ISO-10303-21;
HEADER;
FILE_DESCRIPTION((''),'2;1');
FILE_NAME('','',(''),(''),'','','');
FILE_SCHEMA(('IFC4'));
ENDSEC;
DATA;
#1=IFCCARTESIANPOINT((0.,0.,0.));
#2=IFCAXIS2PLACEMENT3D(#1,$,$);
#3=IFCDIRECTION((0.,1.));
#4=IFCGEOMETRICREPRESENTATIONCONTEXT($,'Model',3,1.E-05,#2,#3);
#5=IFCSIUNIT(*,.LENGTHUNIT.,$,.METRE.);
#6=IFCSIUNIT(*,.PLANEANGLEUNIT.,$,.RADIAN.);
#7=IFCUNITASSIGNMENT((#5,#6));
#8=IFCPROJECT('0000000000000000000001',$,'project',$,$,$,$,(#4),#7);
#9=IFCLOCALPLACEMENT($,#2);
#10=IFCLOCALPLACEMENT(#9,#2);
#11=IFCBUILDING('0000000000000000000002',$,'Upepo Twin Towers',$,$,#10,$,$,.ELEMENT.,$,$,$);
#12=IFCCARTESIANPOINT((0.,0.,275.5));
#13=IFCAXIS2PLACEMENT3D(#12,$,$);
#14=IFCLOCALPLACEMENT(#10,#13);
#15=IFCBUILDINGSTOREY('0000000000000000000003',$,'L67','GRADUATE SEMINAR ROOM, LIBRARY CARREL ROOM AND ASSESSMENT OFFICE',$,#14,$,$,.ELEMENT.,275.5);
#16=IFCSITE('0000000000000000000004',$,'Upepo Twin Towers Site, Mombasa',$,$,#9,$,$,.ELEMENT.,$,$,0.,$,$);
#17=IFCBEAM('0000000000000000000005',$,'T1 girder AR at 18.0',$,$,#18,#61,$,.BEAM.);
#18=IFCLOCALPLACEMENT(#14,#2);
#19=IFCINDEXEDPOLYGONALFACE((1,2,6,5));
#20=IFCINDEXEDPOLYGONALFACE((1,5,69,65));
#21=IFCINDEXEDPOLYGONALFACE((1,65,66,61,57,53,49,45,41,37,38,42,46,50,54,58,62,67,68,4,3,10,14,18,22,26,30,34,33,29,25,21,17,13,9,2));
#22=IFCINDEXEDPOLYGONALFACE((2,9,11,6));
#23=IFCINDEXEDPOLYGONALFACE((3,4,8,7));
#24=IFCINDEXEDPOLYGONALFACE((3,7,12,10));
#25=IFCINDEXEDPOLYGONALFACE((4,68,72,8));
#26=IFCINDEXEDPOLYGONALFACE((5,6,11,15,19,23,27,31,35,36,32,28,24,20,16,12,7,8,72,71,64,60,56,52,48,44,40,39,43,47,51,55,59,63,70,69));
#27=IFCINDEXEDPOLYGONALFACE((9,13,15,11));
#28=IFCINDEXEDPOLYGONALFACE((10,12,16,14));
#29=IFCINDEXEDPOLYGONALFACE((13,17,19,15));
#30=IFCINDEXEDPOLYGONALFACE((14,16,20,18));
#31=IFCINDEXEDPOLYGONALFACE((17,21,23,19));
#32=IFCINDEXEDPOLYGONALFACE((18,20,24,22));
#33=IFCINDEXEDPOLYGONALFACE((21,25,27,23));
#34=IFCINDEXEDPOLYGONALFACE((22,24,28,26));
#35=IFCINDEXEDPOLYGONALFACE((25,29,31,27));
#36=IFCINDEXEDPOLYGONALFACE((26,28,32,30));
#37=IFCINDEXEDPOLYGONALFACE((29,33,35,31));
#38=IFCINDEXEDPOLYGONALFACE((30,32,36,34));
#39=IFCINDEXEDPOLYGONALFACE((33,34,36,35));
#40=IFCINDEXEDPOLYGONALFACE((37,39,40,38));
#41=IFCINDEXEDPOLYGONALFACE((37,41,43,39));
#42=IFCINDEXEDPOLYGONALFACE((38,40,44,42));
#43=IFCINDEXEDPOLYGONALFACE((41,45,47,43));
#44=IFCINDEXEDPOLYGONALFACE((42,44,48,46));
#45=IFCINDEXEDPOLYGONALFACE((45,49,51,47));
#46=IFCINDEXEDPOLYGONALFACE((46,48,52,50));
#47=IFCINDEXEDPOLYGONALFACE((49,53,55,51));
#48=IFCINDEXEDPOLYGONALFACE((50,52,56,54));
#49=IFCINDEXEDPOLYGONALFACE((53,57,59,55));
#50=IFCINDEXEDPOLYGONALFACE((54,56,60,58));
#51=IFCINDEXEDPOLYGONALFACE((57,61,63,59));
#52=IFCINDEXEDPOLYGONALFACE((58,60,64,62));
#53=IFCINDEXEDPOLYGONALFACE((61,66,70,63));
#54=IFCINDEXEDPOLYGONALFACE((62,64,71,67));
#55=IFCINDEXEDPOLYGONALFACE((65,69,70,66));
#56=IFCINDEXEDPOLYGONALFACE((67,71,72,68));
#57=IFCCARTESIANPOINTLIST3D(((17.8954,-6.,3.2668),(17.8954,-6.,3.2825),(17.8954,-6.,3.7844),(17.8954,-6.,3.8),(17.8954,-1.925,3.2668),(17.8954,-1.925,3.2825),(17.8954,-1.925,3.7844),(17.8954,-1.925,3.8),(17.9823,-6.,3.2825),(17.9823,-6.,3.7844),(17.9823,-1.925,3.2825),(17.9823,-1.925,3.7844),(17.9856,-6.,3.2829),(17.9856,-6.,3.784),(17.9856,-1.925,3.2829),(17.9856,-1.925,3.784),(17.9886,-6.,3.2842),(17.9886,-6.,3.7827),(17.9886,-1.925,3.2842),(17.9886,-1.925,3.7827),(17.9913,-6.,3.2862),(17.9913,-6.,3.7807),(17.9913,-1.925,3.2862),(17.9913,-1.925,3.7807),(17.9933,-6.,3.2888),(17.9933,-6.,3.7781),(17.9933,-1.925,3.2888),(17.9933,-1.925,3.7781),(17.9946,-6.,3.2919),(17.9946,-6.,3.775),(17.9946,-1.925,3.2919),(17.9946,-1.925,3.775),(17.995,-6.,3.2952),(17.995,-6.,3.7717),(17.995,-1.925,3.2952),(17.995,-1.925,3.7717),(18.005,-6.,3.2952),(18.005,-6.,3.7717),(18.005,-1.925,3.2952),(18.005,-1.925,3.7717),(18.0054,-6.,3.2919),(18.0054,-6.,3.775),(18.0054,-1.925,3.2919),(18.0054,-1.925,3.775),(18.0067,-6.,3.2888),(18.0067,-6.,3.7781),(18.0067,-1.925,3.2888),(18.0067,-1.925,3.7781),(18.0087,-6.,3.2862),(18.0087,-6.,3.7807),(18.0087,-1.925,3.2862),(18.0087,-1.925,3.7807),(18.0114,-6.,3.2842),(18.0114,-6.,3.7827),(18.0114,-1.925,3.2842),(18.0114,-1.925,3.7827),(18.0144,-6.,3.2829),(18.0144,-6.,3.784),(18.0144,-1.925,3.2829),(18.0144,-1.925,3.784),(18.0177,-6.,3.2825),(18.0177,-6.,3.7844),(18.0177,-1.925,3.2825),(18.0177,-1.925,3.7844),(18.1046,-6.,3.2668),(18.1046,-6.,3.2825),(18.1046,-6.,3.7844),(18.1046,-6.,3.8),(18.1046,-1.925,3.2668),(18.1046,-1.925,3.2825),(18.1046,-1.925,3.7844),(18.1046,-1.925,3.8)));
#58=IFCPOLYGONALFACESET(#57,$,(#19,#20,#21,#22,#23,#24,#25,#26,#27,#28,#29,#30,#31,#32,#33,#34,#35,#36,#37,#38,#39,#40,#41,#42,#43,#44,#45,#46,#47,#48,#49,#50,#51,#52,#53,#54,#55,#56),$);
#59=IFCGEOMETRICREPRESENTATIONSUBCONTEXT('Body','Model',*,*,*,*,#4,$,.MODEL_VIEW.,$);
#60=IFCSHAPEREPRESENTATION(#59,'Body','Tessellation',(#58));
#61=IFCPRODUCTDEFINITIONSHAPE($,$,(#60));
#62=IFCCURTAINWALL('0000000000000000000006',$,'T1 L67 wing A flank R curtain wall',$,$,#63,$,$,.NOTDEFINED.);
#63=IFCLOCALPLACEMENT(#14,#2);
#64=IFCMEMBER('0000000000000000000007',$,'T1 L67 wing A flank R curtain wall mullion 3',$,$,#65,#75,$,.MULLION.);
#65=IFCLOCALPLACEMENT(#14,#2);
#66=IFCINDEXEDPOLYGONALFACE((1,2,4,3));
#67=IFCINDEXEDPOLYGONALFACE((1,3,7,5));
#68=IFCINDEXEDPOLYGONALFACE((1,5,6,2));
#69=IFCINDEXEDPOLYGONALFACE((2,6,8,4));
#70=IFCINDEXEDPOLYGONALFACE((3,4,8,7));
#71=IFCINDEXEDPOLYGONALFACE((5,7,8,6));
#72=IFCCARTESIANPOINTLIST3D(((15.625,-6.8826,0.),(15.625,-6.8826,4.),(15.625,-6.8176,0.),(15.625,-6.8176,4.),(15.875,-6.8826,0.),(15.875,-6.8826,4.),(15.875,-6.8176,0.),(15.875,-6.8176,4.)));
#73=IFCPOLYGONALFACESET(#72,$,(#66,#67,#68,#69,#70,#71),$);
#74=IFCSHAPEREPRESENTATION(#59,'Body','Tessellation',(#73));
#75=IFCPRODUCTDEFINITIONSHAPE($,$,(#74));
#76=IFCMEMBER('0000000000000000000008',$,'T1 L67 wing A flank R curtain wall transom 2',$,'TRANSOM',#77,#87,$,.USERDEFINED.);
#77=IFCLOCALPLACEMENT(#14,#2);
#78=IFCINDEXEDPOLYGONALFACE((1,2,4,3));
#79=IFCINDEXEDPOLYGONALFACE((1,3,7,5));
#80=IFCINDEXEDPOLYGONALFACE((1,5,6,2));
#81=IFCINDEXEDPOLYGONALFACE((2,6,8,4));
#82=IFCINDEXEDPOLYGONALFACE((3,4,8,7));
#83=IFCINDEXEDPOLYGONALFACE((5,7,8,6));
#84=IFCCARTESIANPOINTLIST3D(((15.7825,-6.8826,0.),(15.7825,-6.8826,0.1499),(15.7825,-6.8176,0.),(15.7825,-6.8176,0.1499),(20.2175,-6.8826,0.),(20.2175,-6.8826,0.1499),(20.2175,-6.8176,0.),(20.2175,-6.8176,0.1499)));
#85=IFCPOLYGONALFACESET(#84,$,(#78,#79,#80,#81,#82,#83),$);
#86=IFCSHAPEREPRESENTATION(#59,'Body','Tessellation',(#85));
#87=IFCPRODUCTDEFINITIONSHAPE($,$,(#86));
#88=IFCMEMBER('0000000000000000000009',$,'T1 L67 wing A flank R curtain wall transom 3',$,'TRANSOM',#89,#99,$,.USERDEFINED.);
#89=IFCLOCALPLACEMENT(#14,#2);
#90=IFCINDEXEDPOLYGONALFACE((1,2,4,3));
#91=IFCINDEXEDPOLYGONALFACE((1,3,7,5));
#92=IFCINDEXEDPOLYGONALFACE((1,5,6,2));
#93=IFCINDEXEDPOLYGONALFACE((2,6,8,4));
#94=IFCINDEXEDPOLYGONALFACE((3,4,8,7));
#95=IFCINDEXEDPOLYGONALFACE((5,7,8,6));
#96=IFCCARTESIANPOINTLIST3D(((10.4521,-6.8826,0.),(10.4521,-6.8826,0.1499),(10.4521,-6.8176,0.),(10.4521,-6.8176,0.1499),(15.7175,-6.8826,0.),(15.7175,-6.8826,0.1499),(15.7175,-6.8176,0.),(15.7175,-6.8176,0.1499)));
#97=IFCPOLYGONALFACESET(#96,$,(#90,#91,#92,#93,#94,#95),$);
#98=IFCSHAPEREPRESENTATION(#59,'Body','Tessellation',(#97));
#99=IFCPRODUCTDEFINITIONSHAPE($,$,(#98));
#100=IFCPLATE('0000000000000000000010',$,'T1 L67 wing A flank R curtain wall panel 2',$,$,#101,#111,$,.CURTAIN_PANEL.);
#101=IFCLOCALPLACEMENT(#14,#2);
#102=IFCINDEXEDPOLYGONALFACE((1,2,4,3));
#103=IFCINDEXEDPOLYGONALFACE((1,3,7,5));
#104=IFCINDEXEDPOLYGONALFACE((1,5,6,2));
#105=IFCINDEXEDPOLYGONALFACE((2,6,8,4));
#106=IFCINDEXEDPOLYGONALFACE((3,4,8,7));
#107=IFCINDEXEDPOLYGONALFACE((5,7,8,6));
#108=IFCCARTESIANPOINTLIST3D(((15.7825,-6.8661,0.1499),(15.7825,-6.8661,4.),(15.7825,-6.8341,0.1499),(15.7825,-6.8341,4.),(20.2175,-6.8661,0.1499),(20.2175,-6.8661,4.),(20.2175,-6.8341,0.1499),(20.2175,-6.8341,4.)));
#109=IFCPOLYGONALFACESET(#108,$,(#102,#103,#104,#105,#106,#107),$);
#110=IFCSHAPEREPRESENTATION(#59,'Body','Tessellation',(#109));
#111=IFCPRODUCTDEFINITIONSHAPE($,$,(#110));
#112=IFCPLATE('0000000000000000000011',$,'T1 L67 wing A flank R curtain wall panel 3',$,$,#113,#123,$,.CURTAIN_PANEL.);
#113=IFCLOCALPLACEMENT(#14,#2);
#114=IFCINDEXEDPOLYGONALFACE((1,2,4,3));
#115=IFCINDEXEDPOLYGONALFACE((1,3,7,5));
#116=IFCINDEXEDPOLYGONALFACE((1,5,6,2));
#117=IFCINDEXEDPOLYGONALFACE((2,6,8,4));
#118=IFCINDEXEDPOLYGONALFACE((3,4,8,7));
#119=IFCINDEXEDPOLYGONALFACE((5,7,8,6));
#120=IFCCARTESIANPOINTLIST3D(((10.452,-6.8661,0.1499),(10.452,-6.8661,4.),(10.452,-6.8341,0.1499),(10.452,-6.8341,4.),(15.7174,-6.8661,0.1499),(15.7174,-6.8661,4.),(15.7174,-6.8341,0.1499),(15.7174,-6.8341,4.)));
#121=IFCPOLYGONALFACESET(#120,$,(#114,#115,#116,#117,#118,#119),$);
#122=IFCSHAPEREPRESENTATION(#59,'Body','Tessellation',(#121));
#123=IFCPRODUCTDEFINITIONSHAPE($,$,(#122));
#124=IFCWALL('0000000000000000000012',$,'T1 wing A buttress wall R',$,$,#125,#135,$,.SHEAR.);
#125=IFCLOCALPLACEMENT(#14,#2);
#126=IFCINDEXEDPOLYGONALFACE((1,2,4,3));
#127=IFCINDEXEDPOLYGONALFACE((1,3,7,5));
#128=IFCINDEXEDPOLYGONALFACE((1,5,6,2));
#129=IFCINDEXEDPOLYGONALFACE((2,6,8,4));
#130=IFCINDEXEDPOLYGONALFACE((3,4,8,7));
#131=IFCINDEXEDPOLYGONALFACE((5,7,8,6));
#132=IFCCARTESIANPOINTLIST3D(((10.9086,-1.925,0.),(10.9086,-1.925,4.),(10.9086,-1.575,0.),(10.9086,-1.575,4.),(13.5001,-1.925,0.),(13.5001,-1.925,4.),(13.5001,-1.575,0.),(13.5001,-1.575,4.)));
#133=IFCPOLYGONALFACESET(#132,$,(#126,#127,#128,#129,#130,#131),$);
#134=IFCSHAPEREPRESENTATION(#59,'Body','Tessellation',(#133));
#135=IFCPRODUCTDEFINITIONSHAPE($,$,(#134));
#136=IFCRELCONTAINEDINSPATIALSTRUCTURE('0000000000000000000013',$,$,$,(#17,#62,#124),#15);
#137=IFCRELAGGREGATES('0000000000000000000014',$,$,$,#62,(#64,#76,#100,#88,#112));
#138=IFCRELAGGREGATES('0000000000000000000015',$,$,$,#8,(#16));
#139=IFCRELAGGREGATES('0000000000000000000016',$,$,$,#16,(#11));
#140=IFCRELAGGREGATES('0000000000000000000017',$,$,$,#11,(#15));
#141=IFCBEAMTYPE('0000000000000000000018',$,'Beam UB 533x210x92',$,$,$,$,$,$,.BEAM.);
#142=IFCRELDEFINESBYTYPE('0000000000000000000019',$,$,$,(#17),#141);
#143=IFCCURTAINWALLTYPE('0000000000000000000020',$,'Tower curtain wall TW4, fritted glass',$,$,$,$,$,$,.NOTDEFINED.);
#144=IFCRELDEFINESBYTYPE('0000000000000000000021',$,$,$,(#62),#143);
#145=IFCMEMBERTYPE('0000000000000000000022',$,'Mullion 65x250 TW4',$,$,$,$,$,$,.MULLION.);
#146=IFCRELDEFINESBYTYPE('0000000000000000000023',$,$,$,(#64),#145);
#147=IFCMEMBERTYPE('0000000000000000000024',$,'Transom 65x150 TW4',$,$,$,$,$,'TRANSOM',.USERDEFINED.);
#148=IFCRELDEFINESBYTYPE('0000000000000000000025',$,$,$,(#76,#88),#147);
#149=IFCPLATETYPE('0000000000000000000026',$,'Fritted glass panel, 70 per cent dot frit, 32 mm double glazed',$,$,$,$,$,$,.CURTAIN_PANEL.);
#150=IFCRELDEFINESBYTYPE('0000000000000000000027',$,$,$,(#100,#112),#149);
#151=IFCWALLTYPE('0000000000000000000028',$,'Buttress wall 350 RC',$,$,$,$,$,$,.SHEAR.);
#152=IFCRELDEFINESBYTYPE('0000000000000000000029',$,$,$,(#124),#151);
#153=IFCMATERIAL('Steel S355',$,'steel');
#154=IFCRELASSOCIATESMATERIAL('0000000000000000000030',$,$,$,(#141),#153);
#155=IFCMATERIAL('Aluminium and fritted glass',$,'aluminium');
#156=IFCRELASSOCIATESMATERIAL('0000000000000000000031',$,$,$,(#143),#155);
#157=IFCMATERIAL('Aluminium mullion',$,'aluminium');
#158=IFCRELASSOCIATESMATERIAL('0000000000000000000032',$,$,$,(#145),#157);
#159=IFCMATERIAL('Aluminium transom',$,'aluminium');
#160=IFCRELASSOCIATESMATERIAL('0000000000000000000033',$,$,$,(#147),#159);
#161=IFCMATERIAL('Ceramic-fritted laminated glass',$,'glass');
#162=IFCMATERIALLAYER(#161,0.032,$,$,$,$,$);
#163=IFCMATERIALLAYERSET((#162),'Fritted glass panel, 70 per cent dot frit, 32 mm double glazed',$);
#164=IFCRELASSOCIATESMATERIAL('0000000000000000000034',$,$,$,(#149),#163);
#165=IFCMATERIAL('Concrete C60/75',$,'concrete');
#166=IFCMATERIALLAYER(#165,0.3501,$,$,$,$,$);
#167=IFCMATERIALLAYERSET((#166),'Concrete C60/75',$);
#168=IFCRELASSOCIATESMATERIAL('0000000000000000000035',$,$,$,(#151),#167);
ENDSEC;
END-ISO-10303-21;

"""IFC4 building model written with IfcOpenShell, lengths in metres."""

from ifc_helpers import new_model, si_unit, direction, frame, frame_2d, origin, origin_2d, place, context, subcontext, project, spatial, rectangle, i_section, extrude, material, layer, layer_set, material_profile, profile_set, type_object, element, aggregate, save


model = new_model("IFC4")

# Units and contexts
model_context = context("Model", 3, precision=1e-05, world=origin(), true_north=direction((0.0, 1.0)))
body_context = subcontext(model_context, "Body", "Model", "MODEL_VIEW")
ifc_project = project(units=[si_unit("LENGTHUNIT", "METRE"), si_unit("PLANEANGLEUNIT", "RADIAN")], contexts=[model_context])

# Site, building, storey
site_placement = place(None, origin())
site = spatial("IfcSite", under=ifc_project, at=site_placement, Name="Upepo Twin Towers Site, Mombasa", CompositionType="ELEMENT", RefElevation=0.0)
building_placement = place(site_placement, origin())
building = spatial("IfcBuilding", under=site, at=building_placement, Name="Upepo Twin Towers", CompositionType="ELEMENT")
storey_placement = place(building_placement, frame((0.0, 0.0, 275.5)))
storey = spatial("IfcBuildingStorey", under=building, at=storey_placement, Name="L67", Description="GRADUATE SEMINAR ROOM, LIBRARY CARREL ROOM AND ASSESSMENT OFFICE", CompositionType="ELEMENT", Elevation=275.5)

# Beam
ifc_material_1 = material(Name="Steel S355", Category="steel")
ifc_material_profile_1 = material_profile(ifc_material_1, i_section(OverallWidth=0.2092, OverallDepth=0.5332, WebThickness=0.01, FlangeThickness=0.0156, FilletRadius=0.0127, at=origin_2d()), Name="UB 533x210x92")
ifc_profile_set_1 = profile_set([ifc_material_profile_1], Name="Steel S355")
beam_type_1 = type_object("IfcBeamType", Name="Beam UB 533x210x92", PredefinedType="BEAM", material=ifc_profile_set_1)
for number, where, z_axis, x_axis, name in (
    (1, (18.0, -6.0, 3.5334), (0.0, 1.0, 0.0), (-1.0, 0.0, 0.0), "T1 girder AR at 18.0"),
):
    element("IfcBeam", number, at=place(storey_placement, frame(where, z_axis=z_axis, x_axis=x_axis)), inside=storey, type_object=beam_type_1, Name=name, PredefinedType="BEAM", context=body_context, shape_type="SweptSolid", body=[
        extrude(i_section(OverallWidth=0.2092, OverallDepth=0.5332, WebThickness=0.01, FlangeThickness=0.0156, FilletRadius=0.0127, at=origin_2d()), origin(), (0.0, 0.0, 1.0), 4.075),
    ])

# Curtain wall, members, plates
ifc_material_2 = material(Name="Aluminium and fritted glass", Category="aluminium")
curtain_wall_type = type_object("IfcCurtainWallType", Name="Tower curtain wall TW4, fritted glass", PredefinedType="NOTDEFINED", material=ifc_material_2)
curtain_wall_placement = place(storey_placement, origin())
curtain_wall = element("IfcCurtainWall", 2, at=curtain_wall_placement, inside=storey, type_object=curtain_wall_type, Name="T1 L67 wing A flank R curtain wall", PredefinedType="NOTDEFINED")
ifc_material_3 = material(Name="Aluminium mullion", Category="aluminium")
ifc_material_profile_2 = material_profile(ifc_material_3, rectangle(XDim=0.0649, YDim=0.25, at=origin_2d()), Name="MULLION 65x250")
ifc_profile_set_2 = profile_set([ifc_material_profile_2], Name="Aluminium mullion")
member_type_1 = type_object("IfcMemberType", Name="Mullion 65x250 TW4", PredefinedType="MULLION", material=ifc_profile_set_2)
member_1_placement = place(storey_placement, frame((15.75, -6.8501, 0.0), z_axis=(0.0, 0.0, 1.0), x_axis=(0.0, -1.0, 0.0)))
member_1 = element("IfcMember", 3, at=member_1_placement, type_object=member_type_1, Name="T1 L67 wing A flank R curtain wall mullion 3", PredefinedType="MULLION", context=body_context, shape_type="SweptSolid", body=[
    extrude(rectangle(XDim=0.0649, YDim=0.25, at=origin_2d()), origin(), (0.0, 0.0, 1.0), 4.0),
])
ifc_material_4 = material(Name="Aluminium transom", Category="aluminium")
ifc_material_profile_3 = material_profile(ifc_material_4, rectangle(XDim=0.0649, YDim=0.1499, at=origin_2d()), Name="TRANSOM 65x150")
ifc_profile_set_3 = profile_set([ifc_material_profile_3], Name="Aluminium transom")
member_type_2 = type_object("IfcMemberType", Name="Transom 65x150 TW4", ElementType="TRANSOM", PredefinedType="USERDEFINED", material=ifc_profile_set_3)
member_2_placement = place(storey_placement, frame((20.2175, -6.8501, 0.075), z_axis=(-1.0, 0.0, 0.0), x_axis=(0.0, -1.0, 0.0)))
member_2 = element("IfcMember", 4, at=member_2_placement, type_object=member_type_2, Name="T1 L67 wing A flank R curtain wall transom 2", ObjectType="TRANSOM", PredefinedType="USERDEFINED", context=body_context, shape_type="SweptSolid", body=[
    extrude(rectangle(XDim=0.0649, YDim=0.1499, at=origin_2d()), origin(), (0.0, 0.0, 1.0), 4.4351),
])
member_3_placement = place(storey_placement, frame((15.7175, -6.8501, 0.075), z_axis=(-1.0, 0.0, 0.0), x_axis=(0.0, -1.0, 0.0)))
member_3 = element("IfcMember", 5, at=member_3_placement, type_object=member_type_2, Name="T1 L67 wing A flank R curtain wall transom 3", ObjectType="TRANSOM", PredefinedType="USERDEFINED", context=body_context, shape_type="SweptSolid", body=[
    extrude(rectangle(XDim=0.0649, YDim=0.1499, at=origin_2d()), origin(), (0.0, 0.0, 1.0), 5.2654),
])
ifc_material_5 = material(Name="Ceramic-fritted laminated glass", Category="glass")
ifc_layer_1 = layer(ifc_material_5, 0.032)
ifc_layer_set_1 = layer_set([ifc_layer_1], Name="Fritted glass panel, 70 per cent dot frit, 32 mm double glazed")
plate_type = type_object("IfcPlateType", Name="Fritted glass panel, 70 per cent dot frit, 32 mm double glazed", PredefinedType="CURTAIN_PANEL", material=ifc_layer_set_1)
plate_1_placement = place(storey_placement, frame((18.0, -6.8501, 0.1499), z_axis=(0.0, 0.0, 1.0), x_axis=(-1.0, 0.0, 0.0)))
plate_1 = element("IfcPlate", 6, at=plate_1_placement, type_object=plate_type, Name="T1 L67 wing A flank R curtain wall panel 2", PredefinedType="CURTAIN_PANEL", context=body_context, shape_type="SweptSolid", body=[
    extrude(rectangle(XDim=4.4351, YDim=0.032, at=origin_2d()), origin(), (0.0, 0.0, 1.0), 3.8501),
])
plate_2_placement = place(storey_placement, frame((13.0847, -6.8501, 0.1499), z_axis=(0.0, 0.0, 1.0), x_axis=(-1.0, 0.0, 0.0)))
plate_2 = element("IfcPlate", 7, at=plate_2_placement, type_object=plate_type, Name="T1 L67 wing A flank R curtain wall panel 3", PredefinedType="CURTAIN_PANEL", context=body_context, shape_type="SweptSolid", body=[
    extrude(rectangle(XDim=5.2654, YDim=0.032, at=origin_2d()), origin(), (0.0, 0.0, 1.0), 3.8501),
])
aggregate(curtain_wall, [member_1, member_2, plate_1, member_3, plate_2])

# Wall
ifc_material_6 = material(Name="Concrete C60/75", Category="concrete")
ifc_layer_2 = layer(ifc_material_6, 0.3501)
ifc_layer_set_2 = layer_set([ifc_layer_2], Name="Concrete C60/75")
wall_type_1 = type_object("IfcWallType", Name="Buttress wall 350 RC", PredefinedType="SHEAR", material=ifc_layer_set_2)
wall_1_placement = place(storey_placement, frame((10.9084, -1.75, 0.0), z_axis=(0.0, 0.0, 1.0), x_axis=(1.0, 0.0, 0.0)))
element("IfcWall", 8, at=wall_1_placement, inside=storey, type_object=wall_type_1, Name="T1 wing A buttress wall R", PredefinedType="SHEAR", context=body_context, shape_type="SweptSolid", body=[
    extrude(rectangle(XDim=2.5916, YDim=0.3501, at=frame_2d((1.2959, 0.0))), origin(), (0.0, 0.0, 1.0), 4.0),
])

save(model, "model.ifc")
